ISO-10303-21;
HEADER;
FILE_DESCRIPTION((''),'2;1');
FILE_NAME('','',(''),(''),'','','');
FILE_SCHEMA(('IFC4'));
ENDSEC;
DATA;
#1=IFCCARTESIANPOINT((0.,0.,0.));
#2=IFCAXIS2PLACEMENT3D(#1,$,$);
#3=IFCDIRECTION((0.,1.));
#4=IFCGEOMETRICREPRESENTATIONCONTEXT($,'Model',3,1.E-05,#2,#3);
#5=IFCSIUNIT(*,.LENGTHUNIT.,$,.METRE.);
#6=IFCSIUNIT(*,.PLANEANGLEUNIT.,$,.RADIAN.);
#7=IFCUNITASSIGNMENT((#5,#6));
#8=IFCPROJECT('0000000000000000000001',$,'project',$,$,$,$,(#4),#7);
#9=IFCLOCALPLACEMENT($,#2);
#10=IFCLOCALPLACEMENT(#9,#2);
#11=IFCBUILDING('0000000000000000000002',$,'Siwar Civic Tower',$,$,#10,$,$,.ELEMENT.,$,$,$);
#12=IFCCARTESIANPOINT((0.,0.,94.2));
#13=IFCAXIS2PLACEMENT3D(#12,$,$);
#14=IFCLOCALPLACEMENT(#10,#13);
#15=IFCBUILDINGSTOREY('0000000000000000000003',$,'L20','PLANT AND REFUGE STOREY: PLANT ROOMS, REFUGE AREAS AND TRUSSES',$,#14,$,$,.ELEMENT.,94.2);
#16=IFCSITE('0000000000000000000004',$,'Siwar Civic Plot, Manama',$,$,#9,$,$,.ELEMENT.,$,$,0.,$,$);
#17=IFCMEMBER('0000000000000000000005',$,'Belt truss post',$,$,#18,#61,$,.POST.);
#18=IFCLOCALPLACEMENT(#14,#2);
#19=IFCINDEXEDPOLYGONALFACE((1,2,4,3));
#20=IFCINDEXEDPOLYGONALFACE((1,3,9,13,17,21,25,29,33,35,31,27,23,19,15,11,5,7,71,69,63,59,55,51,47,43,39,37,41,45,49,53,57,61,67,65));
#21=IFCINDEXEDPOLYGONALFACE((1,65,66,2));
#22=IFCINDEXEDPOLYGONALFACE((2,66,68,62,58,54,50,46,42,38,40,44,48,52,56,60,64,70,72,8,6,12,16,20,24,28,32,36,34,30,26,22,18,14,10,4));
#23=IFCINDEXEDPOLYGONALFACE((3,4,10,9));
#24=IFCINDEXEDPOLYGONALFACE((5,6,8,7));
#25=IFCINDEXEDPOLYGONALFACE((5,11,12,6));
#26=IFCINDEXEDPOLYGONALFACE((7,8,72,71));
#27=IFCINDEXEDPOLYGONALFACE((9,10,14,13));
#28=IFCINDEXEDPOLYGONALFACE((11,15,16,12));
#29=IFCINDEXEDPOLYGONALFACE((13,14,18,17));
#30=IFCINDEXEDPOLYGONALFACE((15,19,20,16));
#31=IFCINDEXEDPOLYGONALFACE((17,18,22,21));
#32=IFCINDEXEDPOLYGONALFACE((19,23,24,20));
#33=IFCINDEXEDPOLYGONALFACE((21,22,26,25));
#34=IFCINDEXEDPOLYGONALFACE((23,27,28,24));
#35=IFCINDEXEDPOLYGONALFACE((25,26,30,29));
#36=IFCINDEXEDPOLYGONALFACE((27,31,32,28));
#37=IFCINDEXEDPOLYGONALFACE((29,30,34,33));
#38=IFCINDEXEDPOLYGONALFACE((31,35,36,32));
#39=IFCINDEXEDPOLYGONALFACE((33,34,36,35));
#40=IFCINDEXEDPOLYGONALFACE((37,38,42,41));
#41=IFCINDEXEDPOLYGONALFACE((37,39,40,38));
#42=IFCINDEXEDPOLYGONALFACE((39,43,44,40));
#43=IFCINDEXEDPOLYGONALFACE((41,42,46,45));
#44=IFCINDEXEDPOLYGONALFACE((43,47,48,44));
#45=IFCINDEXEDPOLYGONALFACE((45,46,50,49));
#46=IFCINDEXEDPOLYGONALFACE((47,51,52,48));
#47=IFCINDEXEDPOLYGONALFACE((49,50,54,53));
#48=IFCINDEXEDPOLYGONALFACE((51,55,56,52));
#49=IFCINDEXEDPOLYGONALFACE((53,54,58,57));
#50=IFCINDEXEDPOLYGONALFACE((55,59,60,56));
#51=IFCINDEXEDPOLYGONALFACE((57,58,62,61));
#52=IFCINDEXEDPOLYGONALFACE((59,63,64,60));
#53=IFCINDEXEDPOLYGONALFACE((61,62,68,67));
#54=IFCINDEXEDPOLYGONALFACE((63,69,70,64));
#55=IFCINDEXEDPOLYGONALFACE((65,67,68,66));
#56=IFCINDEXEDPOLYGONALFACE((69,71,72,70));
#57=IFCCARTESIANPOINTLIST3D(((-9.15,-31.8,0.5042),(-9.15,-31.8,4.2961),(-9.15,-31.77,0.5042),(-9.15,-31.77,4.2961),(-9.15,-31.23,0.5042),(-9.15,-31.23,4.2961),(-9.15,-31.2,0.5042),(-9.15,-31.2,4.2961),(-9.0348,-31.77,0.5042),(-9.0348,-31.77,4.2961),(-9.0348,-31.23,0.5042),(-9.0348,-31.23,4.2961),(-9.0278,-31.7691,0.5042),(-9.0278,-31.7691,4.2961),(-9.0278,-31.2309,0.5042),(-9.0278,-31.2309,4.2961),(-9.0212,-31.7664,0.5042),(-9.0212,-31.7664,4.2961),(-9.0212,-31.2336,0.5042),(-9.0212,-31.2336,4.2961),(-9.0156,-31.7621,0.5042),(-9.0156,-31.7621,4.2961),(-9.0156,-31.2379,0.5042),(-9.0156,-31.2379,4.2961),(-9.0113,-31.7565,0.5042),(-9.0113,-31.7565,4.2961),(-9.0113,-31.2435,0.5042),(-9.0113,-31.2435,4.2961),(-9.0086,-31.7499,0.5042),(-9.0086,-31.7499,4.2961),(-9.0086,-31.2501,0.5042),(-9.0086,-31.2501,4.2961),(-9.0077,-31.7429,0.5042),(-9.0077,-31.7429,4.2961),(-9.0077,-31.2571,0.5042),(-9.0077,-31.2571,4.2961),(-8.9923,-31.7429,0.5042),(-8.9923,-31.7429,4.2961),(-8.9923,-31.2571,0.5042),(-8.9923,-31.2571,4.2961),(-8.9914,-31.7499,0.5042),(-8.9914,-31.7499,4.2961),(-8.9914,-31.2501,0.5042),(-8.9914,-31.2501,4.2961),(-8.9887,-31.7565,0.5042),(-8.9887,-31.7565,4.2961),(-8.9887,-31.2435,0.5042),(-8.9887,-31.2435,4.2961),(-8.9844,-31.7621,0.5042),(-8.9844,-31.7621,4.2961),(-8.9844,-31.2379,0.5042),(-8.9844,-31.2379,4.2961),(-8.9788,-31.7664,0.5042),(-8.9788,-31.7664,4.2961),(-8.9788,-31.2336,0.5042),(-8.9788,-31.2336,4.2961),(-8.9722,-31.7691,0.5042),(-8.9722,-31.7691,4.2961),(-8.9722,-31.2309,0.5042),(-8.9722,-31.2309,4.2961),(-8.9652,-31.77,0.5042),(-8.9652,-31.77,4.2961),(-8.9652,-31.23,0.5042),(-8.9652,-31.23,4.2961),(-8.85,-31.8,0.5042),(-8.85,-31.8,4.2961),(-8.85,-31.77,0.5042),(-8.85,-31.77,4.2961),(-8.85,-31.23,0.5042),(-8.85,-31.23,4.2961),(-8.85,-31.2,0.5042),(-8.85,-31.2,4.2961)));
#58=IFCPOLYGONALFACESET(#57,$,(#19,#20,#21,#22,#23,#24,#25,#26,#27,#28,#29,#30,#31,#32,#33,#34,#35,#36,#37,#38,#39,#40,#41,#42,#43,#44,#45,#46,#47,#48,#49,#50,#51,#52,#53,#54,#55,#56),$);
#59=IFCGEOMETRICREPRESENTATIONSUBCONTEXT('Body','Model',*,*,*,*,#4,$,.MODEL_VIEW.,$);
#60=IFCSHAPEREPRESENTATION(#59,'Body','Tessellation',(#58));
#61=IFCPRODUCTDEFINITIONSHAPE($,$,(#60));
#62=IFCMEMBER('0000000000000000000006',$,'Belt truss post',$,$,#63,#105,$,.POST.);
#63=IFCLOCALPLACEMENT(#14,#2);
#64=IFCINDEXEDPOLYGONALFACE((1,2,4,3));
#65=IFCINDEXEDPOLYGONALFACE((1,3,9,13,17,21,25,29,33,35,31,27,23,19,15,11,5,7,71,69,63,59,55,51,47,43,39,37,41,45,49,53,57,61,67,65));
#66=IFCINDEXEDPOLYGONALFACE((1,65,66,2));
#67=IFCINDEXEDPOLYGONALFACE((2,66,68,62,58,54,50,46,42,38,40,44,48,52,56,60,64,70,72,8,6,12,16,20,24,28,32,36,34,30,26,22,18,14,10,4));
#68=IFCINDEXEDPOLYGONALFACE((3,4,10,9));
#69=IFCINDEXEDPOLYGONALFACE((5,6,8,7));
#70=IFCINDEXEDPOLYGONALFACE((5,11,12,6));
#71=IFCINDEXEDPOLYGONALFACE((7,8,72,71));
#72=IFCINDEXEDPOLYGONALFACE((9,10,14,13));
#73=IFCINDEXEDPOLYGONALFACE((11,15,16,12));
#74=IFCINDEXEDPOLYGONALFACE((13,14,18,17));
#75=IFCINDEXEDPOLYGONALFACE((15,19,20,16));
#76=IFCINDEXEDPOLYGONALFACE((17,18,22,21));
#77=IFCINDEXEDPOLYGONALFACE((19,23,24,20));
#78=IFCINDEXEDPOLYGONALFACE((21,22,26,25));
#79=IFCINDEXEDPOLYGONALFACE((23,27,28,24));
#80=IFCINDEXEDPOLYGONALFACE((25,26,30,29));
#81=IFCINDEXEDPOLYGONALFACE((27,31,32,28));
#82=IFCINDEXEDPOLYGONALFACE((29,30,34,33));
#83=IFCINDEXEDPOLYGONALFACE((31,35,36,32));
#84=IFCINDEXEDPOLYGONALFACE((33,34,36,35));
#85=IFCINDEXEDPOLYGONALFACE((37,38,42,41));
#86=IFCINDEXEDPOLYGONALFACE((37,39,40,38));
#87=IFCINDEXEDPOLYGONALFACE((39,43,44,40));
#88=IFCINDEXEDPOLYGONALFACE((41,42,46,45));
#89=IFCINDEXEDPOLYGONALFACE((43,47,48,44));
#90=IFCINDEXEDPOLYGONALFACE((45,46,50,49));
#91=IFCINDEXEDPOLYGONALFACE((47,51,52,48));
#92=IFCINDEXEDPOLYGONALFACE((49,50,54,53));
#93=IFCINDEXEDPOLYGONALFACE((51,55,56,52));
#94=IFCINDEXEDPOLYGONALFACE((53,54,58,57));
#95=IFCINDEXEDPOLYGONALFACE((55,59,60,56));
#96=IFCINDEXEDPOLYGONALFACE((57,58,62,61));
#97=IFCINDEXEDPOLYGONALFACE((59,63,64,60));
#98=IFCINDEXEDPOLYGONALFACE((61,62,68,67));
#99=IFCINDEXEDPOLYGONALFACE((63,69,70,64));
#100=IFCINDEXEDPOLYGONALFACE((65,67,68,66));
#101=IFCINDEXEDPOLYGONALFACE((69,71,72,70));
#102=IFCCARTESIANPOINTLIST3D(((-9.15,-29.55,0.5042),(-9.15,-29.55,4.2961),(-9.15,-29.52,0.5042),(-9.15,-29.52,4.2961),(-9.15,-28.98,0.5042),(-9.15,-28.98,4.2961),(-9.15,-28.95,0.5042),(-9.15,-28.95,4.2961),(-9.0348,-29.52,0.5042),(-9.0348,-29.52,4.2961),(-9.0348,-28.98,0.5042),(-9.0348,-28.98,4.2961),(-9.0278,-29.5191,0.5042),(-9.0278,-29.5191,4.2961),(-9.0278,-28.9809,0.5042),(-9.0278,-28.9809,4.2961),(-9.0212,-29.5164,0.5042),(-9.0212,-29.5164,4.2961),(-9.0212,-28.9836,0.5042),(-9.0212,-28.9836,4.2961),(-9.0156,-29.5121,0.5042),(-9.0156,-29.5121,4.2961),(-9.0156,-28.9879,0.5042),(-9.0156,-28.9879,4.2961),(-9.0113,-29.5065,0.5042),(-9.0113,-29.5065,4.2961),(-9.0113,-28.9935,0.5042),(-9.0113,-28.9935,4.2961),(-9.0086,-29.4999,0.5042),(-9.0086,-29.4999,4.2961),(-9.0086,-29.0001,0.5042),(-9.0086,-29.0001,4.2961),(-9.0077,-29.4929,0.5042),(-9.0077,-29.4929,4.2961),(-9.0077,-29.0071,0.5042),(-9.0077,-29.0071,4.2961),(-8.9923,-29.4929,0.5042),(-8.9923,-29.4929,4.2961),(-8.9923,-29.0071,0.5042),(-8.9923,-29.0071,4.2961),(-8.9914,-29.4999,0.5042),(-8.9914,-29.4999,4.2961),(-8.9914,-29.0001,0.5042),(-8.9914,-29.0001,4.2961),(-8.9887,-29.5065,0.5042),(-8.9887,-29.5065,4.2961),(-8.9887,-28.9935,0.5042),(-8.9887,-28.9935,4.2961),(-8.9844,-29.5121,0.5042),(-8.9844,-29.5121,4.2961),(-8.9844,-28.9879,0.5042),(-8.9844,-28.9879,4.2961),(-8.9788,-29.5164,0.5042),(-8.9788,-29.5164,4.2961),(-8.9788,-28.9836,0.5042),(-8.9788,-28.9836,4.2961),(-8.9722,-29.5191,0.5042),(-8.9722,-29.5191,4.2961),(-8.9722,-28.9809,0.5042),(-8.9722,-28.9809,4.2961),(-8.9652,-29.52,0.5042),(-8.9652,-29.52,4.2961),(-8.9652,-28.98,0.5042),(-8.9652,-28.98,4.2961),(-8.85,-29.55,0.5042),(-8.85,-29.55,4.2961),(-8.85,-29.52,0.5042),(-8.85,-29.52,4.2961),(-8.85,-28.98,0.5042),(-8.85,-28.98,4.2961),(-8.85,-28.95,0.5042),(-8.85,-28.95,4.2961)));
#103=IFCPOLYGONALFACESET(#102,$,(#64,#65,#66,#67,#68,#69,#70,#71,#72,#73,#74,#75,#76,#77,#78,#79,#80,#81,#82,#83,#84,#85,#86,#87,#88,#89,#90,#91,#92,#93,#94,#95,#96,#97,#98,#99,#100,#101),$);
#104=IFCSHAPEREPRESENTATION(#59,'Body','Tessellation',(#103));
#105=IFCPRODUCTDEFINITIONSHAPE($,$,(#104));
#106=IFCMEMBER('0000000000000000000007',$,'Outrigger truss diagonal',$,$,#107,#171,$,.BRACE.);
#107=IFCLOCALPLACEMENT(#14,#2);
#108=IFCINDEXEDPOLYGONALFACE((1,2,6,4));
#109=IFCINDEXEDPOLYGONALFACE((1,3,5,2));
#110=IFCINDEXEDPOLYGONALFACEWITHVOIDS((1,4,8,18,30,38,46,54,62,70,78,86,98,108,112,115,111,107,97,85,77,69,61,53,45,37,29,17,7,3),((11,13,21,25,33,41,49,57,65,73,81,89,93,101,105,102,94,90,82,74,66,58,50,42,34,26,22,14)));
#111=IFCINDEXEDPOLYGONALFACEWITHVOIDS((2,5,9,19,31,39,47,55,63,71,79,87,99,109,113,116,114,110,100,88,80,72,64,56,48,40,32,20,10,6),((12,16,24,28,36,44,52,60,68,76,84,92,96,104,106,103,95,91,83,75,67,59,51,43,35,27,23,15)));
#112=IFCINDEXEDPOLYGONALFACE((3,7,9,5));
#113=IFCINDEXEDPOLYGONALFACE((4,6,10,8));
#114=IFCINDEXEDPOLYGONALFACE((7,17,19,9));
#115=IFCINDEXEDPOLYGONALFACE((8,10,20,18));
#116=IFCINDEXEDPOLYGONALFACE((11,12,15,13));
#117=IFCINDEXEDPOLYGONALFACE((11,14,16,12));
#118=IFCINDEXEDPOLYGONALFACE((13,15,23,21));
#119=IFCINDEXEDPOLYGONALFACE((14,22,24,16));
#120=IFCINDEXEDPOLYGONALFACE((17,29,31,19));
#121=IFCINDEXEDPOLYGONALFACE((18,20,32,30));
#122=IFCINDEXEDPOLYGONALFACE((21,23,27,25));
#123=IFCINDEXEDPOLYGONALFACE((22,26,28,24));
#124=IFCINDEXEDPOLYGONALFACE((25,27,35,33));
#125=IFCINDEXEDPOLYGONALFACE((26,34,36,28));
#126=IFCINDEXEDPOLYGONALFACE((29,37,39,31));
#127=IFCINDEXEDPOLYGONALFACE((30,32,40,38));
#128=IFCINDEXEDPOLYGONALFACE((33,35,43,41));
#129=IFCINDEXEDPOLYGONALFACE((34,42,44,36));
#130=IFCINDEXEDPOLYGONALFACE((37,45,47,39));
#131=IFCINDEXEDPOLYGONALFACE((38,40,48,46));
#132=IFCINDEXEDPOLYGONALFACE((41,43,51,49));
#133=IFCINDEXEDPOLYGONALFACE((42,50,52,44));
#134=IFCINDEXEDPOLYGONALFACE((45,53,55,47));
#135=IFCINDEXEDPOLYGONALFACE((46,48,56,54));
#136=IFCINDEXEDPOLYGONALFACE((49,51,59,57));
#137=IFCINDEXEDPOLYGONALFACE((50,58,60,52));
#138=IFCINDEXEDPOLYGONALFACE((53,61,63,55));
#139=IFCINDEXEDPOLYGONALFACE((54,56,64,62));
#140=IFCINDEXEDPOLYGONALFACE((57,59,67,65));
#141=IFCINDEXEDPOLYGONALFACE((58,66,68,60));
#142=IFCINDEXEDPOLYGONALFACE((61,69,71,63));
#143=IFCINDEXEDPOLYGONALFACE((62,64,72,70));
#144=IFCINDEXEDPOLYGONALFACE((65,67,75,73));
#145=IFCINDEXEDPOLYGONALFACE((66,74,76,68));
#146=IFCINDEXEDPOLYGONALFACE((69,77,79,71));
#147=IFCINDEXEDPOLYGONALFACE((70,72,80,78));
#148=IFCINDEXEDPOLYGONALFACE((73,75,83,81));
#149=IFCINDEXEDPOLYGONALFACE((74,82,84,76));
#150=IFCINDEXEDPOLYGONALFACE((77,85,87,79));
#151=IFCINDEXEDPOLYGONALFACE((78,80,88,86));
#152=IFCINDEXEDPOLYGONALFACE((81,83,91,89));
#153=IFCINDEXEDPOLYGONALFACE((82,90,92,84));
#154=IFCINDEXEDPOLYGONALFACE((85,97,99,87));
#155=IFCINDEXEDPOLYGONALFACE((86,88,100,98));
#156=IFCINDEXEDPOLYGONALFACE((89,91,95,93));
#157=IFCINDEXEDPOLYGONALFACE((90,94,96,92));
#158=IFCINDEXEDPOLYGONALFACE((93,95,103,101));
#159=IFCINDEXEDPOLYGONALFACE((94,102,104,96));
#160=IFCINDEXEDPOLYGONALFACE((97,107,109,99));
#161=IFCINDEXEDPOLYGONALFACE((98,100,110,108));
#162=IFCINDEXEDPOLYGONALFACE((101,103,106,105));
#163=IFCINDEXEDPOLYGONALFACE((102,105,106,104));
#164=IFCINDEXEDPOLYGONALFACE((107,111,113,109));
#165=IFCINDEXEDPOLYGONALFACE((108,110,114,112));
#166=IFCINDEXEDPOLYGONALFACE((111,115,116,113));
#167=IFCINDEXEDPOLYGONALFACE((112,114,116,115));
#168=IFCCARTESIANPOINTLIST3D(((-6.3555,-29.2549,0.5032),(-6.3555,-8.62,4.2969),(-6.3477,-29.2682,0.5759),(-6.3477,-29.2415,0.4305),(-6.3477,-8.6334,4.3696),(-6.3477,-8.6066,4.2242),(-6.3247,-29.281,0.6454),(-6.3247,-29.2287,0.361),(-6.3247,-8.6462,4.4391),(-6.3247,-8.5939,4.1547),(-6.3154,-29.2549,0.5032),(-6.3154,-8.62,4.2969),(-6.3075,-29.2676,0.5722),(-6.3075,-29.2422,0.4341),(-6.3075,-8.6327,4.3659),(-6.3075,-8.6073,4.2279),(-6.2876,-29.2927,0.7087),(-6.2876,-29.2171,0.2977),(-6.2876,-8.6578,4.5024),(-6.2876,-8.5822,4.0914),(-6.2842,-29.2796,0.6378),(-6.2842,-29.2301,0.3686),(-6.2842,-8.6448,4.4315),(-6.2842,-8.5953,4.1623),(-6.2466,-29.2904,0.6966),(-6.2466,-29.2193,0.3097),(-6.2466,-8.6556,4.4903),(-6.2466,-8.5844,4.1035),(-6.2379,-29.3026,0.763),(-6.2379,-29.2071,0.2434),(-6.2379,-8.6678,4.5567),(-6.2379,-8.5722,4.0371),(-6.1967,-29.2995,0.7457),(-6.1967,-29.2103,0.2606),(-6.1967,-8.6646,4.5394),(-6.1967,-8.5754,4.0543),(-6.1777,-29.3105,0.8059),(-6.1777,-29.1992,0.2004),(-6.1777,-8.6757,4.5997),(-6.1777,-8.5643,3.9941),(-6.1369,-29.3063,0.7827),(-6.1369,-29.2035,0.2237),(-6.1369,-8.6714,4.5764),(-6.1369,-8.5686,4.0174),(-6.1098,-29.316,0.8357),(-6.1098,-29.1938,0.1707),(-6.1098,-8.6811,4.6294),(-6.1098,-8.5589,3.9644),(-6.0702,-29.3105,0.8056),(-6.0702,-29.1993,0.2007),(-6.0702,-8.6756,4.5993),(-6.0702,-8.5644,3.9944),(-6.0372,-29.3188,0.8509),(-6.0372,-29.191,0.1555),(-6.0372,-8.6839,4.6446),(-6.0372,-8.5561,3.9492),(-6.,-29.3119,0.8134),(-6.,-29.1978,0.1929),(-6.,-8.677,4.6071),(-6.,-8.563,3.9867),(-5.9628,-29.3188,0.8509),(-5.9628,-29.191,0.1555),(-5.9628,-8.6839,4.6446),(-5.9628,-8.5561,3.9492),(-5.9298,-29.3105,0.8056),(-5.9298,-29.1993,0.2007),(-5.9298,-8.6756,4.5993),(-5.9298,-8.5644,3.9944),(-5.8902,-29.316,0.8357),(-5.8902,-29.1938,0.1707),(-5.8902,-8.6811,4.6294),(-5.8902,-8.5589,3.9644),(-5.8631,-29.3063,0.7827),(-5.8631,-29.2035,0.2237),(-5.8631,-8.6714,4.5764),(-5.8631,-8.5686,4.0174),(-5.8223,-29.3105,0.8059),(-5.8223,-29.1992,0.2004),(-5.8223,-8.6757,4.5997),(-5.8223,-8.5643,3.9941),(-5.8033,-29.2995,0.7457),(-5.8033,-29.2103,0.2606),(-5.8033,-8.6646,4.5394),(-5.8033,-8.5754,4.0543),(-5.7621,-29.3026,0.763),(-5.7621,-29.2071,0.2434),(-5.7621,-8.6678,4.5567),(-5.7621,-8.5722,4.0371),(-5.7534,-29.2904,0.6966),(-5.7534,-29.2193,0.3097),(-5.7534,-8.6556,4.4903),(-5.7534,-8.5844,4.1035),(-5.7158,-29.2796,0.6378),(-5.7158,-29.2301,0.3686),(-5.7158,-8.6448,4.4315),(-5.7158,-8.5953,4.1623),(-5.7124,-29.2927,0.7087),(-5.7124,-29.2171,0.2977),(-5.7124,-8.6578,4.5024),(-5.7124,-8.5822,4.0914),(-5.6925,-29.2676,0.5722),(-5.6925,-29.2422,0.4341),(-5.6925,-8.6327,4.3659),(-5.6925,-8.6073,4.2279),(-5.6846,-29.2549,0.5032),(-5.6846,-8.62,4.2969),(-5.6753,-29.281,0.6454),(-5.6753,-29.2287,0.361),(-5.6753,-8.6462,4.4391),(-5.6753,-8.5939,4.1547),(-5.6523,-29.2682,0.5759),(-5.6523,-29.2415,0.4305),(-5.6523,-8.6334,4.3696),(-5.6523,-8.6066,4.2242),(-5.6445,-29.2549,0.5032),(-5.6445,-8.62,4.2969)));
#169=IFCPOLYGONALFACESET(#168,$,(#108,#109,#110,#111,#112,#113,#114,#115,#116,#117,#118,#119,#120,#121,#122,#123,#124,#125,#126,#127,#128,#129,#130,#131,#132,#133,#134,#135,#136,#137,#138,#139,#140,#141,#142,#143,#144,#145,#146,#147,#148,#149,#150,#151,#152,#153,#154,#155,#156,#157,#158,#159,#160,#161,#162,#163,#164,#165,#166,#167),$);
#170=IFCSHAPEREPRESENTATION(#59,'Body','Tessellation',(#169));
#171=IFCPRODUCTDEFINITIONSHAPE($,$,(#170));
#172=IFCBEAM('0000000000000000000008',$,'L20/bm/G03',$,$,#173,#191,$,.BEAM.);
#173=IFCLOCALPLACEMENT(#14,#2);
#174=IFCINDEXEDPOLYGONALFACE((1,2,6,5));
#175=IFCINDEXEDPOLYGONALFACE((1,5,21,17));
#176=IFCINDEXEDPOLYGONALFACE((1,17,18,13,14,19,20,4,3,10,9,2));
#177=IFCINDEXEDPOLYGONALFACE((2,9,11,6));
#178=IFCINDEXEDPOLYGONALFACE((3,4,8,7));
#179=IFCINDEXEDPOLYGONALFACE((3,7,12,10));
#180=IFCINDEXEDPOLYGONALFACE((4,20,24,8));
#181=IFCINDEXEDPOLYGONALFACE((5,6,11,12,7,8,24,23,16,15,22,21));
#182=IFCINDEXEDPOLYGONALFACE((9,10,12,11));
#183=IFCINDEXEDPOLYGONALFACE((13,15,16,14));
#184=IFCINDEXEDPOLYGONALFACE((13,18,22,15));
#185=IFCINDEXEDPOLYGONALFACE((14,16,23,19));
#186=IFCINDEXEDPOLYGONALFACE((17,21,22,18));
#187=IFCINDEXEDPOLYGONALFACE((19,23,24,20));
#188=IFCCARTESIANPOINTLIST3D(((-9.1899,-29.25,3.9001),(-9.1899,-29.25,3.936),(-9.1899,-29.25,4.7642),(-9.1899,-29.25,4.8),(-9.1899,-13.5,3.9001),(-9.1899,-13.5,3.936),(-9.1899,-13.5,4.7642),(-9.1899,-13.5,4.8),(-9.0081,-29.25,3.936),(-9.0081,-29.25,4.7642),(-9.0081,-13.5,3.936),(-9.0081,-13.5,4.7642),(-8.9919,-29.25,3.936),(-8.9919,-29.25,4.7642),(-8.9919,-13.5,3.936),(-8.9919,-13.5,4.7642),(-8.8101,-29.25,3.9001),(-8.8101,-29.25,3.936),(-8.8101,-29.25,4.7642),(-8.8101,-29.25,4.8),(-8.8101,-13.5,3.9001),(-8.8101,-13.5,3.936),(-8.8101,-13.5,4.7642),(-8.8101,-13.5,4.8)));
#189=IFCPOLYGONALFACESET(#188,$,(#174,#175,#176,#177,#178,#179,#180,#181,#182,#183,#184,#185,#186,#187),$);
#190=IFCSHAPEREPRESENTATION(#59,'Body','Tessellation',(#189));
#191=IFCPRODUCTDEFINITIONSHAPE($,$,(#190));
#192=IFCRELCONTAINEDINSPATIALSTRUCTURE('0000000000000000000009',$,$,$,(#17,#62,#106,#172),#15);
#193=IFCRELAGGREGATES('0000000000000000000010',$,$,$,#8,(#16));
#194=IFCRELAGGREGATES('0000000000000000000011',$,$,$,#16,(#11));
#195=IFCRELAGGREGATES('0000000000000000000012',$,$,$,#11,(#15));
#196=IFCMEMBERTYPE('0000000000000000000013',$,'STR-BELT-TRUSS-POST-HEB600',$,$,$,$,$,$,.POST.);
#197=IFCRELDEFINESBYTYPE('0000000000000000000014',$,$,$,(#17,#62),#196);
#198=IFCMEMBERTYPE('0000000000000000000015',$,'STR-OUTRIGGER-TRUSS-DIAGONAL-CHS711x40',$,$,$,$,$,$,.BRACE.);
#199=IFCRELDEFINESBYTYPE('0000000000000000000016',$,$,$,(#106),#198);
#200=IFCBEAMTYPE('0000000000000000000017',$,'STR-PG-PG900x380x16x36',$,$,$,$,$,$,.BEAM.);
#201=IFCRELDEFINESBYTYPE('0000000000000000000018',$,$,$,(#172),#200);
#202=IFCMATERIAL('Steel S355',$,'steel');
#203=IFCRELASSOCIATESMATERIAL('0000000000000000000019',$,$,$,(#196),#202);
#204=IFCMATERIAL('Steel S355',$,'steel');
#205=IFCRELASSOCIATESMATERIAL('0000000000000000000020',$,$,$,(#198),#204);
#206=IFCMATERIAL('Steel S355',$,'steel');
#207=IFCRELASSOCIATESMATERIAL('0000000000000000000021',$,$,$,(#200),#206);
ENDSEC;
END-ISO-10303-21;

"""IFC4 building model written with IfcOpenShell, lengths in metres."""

from ifc_helpers import new_model, si_unit, direction, frame, origin, origin_2d, place, context, subcontext, project, spatial, hollow_circle, i_section, extrude, material, material_profile, profile_set, type_object, element, save


model = new_model("IFC4")

# Units and contexts
model_context = context("Model", 3, precision=1e-05, world=origin(), true_north=direction((0.0, 1.0)))
body_context = subcontext(model_context, "Body", "Model", "MODEL_VIEW")
ifc_project = project(units=[si_unit("LENGTHUNIT", "METRE"), si_unit("PLANEANGLEUNIT", "RADIAN")], contexts=[model_context])

# Site, building, storey
site_placement = place(None, origin())
site = spatial("IfcSite", under=ifc_project, at=site_placement, Name="Siwar Civic Plot, Manama", CompositionType="ELEMENT", RefElevation=0.0)
building_placement = place(site_placement, origin())
building = spatial("IfcBuilding", under=site, at=building_placement, Name="Siwar Civic Tower", CompositionType="ELEMENT")
storey_placement = place(building_placement, frame((0.0, 0.0, 94.2)))
storey = spatial("IfcBuildingStorey", under=building, at=storey_placement, Name="L20", Description="PLANT AND REFUGE STOREY: PLANT ROOMS, REFUGE AREAS AND TRUSSES", CompositionType="ELEMENT", Elevation=94.2)

# Members
ifc_material_1 = material(Name="Steel S355", Category="steel")
ifc_material_profile_1 = material_profile(ifc_material_1, i_section(OverallWidth=0.3, OverallDepth=0.6001, WebThickness=0.0154, FlangeThickness=0.03, FilletRadius=0.0271, at=origin_2d()), Name="HEB600")
ifc_profile_set_1 = profile_set([ifc_material_profile_1], Name="Steel S355")
member_type_1 = type_object("IfcMemberType", Name="STR-BELT-TRUSS-POST-HEB600", PredefinedType="POST", material=ifc_profile_set_1)
for number, where, z_axis, x_axis, name in (
    (1, (-9.0, -31.5, 0.5042), (0.0, 0.0, 1.0), (1.0, 0.0, 0.0), "Belt truss post"),
    (2, (-9.0, -29.25, 0.5042), (0.0, 0.0, 1.0), (1.0, 0.0, 0.0), "Belt truss post"),
):
    element("IfcMember", number, at=place(storey_placement, frame(where, z_axis=z_axis, x_axis=x_axis)), inside=storey, type_object=member_type_1, Name=name, PredefinedType="POST", context=body_context, shape_type="SweptSolid", body=[
        extrude(i_section(OverallWidth=0.3, OverallDepth=0.6001, WebThickness=0.0154, FlangeThickness=0.03, FilletRadius=0.0271, at=origin_2d()), origin(), (0.0, 0.0, 1.0), 3.792),
    ])
ifc_material_2 = material(Name="Steel S355", Category="steel")
ifc_material_profile_2 = material_profile(ifc_material_2, hollow_circle(Radius=0.3555, WallThickness=0.04, at=origin_2d()), Name="CHS711x40")
ifc_profile_set_2 = profile_set([ifc_material_profile_2], Name="Steel S355")
member_type_2 = type_object("IfcMemberType", Name="STR-OUTRIGGER-TRUSS-DIAGONAL-CHS711x40", PredefinedType="BRACE", material=ifc_profile_set_2)
member_1_placement = place(storey_placement, frame((-6.0, -29.2549, 0.5032), z_axis=(0.0, 0.983516, 0.180819), x_axis=(-1.0, 0.0, 0.0)))
element("IfcMember", 3, at=member_1_placement, inside=storey, type_object=member_type_2, Name="Outrigger truss diagonal", PredefinedType="BRACE", context=body_context, shape_type="SweptSolid", body=[
    extrude(hollow_circle(Radius=0.3555, WallThickness=0.04, at=origin_2d()), origin(), (0.0, 0.0, 1.0), 20.9807),
])

# Beam
ifc_material_3 = material(Name="Steel S355", Category="steel")
ifc_material_profile_3 = material_profile(ifc_material_3, i_section(OverallWidth=0.3799, OverallDepth=0.8999, WebThickness=0.0161, FlangeThickness=0.0359, at=origin_2d()), Name="PG900x380x16x36")
ifc_profile_set_3 = profile_set([ifc_material_profile_3], Name="Steel S355")
beam_type_1 = type_object("IfcBeamType", Name="STR-PG-PG900x380x16x36", PredefinedType="BEAM", material=ifc_profile_set_3)
beam_placement = place(storey_placement, frame((-9.0, -29.25, 4.3501), z_axis=(0.0, 1.0, 0.0), x_axis=(-1.0, 0.0, 0.0)))
element("IfcBeam", 4, at=beam_placement, inside=storey, type_object=beam_type_1, Name="L20/bm/G03", PredefinedType="BEAM", context=body_context, shape_type="SweptSolid", body=[
    extrude(i_section(OverallWidth=0.3799, OverallDepth=0.8999, WebThickness=0.0161, FlangeThickness=0.0359, at=origin_2d()), origin(), (0.0, 0.0, 1.0), 15.75),
])

save(model, "model.ifc")
